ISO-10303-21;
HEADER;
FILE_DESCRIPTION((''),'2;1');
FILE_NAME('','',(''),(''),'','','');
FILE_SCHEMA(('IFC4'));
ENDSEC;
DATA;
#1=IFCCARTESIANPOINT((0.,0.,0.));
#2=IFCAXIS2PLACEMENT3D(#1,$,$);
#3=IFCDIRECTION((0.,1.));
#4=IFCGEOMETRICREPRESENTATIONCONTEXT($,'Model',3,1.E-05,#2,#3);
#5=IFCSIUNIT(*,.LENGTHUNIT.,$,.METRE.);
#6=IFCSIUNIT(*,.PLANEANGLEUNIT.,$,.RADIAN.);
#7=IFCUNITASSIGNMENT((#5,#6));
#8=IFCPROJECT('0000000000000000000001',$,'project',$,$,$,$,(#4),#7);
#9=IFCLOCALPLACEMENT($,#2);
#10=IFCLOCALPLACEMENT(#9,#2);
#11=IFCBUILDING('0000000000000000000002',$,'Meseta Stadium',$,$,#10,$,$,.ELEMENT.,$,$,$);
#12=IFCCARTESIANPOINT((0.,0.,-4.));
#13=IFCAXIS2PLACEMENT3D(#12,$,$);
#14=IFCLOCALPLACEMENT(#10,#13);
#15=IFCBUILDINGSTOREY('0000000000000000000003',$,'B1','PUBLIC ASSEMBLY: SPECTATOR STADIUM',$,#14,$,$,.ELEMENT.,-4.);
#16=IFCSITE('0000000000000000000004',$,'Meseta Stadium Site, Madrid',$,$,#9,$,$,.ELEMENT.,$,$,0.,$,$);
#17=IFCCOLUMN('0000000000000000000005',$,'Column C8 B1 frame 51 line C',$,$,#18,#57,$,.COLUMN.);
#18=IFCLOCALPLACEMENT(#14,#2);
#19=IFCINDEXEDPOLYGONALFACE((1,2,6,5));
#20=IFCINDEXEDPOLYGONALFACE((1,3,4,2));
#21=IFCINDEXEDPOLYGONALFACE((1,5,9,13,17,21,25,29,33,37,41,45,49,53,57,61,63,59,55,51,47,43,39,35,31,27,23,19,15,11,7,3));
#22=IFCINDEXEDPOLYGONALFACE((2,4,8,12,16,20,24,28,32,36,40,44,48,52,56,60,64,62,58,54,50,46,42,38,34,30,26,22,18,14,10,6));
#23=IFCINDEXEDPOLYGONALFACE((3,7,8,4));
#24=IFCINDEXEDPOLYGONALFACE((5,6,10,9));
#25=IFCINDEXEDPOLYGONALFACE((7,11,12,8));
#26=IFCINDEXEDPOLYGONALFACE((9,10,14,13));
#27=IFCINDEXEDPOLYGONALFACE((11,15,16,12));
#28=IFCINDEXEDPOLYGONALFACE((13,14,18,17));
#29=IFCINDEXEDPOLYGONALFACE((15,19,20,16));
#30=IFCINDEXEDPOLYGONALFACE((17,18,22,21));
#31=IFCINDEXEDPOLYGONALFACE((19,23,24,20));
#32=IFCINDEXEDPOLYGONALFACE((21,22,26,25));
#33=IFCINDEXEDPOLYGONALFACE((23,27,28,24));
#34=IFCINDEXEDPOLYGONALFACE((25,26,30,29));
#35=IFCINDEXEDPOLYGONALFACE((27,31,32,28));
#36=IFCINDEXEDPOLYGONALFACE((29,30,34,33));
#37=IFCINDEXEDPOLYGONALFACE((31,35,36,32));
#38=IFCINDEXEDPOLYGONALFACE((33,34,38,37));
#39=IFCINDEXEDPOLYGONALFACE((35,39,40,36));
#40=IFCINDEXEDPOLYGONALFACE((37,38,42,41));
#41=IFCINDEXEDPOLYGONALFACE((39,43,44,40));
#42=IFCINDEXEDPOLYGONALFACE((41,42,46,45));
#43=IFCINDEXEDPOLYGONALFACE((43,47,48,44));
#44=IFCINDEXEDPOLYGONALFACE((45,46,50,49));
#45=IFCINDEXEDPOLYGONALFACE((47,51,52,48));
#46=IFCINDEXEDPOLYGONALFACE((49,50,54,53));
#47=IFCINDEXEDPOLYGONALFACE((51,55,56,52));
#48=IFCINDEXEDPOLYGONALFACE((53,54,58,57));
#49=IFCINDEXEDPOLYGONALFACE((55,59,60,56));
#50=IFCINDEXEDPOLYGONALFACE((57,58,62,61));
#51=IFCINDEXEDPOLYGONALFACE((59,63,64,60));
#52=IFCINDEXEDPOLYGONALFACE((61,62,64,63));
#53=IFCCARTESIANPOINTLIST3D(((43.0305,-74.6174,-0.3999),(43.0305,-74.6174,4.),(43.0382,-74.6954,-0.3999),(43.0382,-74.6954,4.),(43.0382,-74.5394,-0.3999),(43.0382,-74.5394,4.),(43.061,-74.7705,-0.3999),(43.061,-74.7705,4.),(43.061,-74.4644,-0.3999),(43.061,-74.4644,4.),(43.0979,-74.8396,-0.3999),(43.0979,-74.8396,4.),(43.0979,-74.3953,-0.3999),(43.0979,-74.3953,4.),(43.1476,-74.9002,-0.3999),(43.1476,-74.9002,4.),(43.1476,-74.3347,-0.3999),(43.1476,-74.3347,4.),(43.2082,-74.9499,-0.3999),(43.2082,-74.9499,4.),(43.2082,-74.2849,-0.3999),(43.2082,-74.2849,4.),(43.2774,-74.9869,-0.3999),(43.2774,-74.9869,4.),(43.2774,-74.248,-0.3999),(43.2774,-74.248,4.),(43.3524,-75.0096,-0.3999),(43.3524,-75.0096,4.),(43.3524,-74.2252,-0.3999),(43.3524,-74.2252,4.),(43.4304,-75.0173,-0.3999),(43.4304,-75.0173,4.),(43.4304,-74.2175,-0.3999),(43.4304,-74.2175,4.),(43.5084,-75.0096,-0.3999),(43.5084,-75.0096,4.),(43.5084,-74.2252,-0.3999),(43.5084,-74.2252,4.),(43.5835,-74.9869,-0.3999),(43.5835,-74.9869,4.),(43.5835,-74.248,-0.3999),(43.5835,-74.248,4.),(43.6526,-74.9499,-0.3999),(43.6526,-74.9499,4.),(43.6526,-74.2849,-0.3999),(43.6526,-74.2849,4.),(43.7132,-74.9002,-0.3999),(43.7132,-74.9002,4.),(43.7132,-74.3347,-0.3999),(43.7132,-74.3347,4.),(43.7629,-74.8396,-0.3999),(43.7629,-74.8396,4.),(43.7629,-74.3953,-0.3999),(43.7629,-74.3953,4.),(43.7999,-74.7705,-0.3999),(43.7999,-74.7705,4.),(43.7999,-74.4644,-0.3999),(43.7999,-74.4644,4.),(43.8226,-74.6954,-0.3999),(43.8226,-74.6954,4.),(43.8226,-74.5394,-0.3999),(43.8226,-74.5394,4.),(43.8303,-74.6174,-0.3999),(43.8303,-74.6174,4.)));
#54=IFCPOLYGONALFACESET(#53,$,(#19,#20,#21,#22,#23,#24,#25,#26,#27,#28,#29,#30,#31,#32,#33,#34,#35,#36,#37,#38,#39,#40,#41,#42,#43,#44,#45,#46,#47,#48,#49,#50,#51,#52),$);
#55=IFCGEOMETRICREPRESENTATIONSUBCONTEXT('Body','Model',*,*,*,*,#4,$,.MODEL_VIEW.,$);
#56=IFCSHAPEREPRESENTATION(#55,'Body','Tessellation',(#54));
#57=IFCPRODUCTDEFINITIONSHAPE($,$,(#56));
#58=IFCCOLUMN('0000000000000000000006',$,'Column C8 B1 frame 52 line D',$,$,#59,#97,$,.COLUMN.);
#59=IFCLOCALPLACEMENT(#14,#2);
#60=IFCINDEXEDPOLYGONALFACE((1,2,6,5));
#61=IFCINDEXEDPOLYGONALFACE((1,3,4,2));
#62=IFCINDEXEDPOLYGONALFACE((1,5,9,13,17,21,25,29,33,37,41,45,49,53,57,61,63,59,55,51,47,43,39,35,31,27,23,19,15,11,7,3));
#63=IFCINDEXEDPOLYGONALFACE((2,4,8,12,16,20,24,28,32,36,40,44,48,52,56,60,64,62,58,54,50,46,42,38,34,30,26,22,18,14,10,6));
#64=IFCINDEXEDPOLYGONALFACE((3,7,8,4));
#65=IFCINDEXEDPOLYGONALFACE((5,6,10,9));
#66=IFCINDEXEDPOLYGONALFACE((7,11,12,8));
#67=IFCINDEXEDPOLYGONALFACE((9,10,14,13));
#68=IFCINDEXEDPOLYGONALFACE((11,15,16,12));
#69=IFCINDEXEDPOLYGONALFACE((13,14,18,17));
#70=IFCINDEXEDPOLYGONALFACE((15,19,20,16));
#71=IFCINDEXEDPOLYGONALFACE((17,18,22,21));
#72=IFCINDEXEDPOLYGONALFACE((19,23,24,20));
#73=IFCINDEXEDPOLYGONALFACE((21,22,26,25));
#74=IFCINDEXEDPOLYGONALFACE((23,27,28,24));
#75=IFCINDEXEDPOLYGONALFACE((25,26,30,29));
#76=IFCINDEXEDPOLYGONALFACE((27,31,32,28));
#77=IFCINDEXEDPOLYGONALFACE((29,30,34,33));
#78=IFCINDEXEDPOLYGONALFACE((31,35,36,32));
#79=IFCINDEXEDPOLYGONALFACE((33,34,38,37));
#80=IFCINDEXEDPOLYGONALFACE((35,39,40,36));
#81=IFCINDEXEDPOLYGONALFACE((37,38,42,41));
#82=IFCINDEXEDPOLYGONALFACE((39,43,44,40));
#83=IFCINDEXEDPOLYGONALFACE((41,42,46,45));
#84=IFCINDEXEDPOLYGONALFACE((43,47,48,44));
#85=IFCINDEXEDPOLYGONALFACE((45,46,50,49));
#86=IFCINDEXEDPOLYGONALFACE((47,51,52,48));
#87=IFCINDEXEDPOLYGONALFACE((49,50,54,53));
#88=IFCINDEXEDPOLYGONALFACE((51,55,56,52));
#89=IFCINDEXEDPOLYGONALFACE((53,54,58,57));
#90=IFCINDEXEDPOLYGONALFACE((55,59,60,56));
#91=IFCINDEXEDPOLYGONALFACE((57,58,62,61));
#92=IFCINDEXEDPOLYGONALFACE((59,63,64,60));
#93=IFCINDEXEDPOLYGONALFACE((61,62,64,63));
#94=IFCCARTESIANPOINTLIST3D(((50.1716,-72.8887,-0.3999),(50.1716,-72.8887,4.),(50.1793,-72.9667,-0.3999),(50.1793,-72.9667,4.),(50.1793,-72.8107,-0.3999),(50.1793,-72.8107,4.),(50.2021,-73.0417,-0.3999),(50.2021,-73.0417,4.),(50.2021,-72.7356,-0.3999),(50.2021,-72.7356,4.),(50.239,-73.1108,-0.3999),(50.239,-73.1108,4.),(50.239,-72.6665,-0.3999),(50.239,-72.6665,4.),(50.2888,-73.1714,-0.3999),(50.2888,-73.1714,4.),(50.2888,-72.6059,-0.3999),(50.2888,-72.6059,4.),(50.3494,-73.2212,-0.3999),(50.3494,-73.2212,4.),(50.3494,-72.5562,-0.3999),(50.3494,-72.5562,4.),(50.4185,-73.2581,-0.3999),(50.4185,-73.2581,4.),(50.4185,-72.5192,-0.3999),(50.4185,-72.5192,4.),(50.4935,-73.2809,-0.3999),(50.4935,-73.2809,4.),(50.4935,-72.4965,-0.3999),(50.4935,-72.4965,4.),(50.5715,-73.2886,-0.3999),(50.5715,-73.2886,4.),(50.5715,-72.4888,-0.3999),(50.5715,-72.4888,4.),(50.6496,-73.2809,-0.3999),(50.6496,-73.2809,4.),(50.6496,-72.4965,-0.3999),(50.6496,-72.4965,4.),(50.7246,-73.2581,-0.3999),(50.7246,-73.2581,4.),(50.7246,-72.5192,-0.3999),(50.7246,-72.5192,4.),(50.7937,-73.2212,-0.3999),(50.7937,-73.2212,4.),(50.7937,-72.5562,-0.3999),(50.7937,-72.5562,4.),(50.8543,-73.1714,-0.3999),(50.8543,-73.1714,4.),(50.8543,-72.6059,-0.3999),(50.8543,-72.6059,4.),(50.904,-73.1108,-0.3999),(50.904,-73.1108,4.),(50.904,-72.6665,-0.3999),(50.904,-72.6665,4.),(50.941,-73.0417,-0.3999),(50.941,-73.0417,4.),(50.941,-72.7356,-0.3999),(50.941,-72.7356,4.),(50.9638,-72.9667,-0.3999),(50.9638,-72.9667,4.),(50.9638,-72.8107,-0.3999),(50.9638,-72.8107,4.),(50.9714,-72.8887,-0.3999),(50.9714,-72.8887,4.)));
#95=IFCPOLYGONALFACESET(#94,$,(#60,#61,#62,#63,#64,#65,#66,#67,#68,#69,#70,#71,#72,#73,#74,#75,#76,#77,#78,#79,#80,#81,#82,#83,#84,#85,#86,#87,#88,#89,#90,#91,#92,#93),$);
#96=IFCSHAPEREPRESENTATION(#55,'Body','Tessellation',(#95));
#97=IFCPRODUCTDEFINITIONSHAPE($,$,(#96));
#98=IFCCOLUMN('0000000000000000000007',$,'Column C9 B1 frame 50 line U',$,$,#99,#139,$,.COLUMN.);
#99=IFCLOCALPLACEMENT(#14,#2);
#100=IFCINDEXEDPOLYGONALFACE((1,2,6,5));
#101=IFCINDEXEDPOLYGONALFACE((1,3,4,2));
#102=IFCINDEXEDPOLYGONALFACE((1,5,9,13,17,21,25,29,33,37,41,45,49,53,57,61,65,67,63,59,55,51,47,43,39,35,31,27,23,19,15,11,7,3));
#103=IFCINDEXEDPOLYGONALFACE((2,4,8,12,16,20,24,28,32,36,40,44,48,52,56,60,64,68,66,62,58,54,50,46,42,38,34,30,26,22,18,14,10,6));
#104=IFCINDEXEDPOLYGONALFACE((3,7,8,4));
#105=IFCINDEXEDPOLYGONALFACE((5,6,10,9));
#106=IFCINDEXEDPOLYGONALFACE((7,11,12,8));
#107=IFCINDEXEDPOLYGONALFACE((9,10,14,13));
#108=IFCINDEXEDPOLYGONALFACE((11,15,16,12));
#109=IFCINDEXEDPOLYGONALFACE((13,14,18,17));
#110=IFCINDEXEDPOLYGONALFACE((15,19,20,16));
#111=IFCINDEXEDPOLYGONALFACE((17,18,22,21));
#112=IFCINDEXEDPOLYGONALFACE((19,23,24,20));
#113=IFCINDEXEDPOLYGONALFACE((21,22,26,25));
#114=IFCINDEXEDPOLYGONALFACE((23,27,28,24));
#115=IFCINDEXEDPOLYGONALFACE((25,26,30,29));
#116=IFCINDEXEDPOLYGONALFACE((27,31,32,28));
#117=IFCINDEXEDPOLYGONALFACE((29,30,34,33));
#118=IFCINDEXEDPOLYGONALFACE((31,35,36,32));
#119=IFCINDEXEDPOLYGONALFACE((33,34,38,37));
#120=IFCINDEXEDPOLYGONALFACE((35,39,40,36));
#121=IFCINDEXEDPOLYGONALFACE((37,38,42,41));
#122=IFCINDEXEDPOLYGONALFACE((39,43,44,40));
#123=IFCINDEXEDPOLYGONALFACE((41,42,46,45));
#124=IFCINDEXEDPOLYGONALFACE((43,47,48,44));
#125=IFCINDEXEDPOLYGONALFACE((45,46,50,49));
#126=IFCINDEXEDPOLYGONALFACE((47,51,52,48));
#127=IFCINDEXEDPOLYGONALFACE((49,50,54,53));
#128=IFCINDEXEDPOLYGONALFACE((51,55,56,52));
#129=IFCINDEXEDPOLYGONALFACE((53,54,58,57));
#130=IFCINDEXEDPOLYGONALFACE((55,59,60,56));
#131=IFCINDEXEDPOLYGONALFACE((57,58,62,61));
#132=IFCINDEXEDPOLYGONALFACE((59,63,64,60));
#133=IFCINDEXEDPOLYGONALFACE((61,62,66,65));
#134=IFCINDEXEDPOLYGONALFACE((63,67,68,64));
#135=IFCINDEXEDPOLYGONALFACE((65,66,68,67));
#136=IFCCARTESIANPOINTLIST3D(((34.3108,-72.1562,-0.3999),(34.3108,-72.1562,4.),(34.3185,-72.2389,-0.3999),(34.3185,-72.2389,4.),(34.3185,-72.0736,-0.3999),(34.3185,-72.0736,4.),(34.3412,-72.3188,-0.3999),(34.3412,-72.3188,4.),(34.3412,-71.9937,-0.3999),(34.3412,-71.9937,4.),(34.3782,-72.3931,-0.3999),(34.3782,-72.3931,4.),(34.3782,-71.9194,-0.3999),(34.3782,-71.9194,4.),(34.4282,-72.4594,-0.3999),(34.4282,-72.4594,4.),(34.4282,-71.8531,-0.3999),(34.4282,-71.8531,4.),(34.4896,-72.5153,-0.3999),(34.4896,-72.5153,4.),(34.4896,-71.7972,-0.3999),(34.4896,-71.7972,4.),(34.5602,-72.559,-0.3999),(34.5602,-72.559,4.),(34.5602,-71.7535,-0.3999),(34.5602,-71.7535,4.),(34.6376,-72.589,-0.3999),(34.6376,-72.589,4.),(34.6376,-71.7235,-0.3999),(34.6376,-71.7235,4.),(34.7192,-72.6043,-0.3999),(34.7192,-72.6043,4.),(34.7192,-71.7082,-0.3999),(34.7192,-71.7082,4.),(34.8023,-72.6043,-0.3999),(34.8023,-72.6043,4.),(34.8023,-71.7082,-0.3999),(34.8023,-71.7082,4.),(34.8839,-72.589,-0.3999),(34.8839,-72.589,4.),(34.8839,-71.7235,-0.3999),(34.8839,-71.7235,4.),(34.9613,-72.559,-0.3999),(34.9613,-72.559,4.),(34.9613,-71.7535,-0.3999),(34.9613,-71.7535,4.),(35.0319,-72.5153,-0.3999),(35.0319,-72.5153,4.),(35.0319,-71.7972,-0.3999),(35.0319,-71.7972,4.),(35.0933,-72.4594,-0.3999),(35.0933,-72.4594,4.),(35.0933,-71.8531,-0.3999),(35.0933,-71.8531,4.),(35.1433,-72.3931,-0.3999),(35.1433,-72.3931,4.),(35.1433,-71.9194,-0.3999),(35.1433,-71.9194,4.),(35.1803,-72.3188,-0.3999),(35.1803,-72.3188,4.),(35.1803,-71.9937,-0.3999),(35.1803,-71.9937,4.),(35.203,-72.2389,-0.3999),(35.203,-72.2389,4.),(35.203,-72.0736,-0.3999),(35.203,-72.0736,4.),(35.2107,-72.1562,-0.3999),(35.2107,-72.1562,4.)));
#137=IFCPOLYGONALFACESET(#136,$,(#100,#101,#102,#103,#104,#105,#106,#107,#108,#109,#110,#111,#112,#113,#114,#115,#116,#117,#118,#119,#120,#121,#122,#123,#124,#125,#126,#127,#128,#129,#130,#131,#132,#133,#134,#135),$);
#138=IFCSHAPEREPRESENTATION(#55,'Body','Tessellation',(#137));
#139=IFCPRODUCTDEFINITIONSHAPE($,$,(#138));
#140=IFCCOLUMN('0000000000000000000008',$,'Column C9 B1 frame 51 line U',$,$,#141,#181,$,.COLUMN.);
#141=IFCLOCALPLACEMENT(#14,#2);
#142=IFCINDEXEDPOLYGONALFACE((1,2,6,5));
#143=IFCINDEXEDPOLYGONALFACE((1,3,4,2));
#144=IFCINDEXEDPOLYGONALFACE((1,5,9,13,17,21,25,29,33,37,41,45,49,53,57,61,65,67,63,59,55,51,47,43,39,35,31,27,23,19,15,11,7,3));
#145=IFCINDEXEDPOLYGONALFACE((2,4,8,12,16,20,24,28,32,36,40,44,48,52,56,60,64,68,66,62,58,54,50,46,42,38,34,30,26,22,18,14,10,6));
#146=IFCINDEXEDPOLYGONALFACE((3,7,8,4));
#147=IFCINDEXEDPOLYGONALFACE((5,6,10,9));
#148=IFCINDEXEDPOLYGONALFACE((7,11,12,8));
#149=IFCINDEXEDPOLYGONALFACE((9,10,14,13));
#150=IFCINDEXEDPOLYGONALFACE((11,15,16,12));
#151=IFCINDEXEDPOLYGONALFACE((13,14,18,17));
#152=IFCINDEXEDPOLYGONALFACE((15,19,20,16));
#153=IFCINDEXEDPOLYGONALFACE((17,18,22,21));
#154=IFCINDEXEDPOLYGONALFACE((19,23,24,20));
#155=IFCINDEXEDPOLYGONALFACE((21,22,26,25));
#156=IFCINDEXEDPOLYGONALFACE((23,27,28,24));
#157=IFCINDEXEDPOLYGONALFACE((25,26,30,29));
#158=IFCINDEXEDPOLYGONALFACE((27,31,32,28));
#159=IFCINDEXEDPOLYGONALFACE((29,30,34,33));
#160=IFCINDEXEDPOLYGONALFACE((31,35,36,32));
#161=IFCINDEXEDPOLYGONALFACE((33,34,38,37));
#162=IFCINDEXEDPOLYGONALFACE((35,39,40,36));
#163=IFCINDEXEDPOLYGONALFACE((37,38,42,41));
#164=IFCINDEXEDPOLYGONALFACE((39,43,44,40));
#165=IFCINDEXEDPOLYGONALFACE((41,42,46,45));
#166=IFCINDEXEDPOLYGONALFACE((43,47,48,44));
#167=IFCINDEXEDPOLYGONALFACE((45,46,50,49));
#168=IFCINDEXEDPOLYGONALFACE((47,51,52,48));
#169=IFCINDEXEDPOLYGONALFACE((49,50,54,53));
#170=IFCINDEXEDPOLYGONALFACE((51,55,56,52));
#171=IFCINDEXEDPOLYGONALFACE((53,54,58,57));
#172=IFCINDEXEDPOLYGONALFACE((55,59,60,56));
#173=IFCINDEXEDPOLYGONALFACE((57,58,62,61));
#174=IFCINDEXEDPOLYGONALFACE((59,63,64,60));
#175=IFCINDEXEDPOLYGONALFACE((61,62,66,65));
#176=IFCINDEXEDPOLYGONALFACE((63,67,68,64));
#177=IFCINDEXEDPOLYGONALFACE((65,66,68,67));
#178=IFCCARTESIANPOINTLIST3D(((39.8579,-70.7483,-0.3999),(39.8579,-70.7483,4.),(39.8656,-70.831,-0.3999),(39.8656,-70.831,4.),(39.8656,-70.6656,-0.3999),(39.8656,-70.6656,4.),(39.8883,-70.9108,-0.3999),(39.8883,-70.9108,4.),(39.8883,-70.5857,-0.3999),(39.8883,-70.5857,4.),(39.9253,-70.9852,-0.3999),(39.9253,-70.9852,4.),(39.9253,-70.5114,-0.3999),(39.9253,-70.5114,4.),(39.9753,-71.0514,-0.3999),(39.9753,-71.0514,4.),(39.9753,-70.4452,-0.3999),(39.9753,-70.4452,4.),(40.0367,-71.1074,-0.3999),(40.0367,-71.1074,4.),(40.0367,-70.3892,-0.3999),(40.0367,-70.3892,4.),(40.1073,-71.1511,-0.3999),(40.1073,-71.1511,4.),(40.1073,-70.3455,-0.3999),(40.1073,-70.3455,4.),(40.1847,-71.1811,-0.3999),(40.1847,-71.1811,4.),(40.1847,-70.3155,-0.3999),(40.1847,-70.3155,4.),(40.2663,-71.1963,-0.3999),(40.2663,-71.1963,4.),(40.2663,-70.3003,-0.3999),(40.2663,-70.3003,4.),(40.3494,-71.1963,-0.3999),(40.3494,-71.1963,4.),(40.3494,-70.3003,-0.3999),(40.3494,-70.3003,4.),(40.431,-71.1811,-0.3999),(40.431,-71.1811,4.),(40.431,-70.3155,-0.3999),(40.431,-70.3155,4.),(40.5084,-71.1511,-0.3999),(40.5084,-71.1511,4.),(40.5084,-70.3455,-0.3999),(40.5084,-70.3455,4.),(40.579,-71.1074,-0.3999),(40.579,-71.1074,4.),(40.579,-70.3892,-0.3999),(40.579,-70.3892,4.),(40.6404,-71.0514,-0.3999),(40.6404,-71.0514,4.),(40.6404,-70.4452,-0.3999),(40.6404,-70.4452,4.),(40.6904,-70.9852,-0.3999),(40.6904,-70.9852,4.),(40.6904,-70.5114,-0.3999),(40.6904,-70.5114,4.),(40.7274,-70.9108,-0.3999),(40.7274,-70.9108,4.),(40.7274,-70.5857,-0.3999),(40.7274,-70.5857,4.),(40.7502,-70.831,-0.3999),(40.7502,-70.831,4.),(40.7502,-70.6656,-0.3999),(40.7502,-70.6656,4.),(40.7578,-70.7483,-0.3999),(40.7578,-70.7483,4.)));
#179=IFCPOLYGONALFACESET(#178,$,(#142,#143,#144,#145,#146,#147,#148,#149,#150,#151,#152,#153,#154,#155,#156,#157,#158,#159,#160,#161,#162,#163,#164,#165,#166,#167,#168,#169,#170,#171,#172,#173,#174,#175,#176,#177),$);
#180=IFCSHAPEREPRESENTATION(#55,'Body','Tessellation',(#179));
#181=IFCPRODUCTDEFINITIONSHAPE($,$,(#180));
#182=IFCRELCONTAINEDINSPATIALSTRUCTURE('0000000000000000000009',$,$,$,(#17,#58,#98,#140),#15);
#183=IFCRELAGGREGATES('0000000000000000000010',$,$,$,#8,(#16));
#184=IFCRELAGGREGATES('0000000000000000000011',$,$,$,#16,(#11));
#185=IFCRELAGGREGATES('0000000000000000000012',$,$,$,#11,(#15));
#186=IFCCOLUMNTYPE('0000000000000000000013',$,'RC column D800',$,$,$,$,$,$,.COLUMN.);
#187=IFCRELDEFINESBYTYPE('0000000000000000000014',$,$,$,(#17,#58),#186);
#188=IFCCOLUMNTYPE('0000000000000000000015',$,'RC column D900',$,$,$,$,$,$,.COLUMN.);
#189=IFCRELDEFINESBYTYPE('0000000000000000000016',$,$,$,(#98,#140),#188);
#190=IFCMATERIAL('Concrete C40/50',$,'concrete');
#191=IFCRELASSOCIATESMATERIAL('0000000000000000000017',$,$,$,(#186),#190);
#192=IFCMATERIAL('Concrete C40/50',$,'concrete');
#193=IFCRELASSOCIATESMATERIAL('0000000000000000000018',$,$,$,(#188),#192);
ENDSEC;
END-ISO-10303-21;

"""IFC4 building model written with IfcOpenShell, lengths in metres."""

from ifc_helpers import new_model, si_unit, direction, frame, origin, origin_2d, place, context, subcontext, project, spatial, circle, extrude, material, material_profile, profile_set, type_object, element, save


model = new_model("IFC4")

# Units and contexts
model_context = context("Model", 3, precision=1e-05, world=origin(), true_north=direction((0.0, 1.0)))
body_context = subcontext(model_context, "Body", "Model", "MODEL_VIEW")
ifc_project = project(units=[si_unit("LENGTHUNIT", "METRE"), si_unit("PLANEANGLEUNIT", "RADIAN")], contexts=[model_context])

# Site, building, storey
site_placement = place(None, origin())
site = spatial("IfcSite", under=ifc_project, at=site_placement, Name="Meseta Stadium Site, Madrid", CompositionType="ELEMENT", RefElevation=0.0)
building_placement = place(site_placement, origin())
building = spatial("IfcBuilding", under=site, at=building_placement, Name="Meseta Stadium", CompositionType="ELEMENT")
storey_placement = place(building_placement, frame((0.0, 0.0, -4.0)))
storey = spatial("IfcBuildingStorey", under=building, at=storey_placement, Name="B1", Description="PUBLIC ASSEMBLY: SPECTATOR STADIUM", CompositionType="ELEMENT", Elevation=-4.0)

# Columns
ifc_material_1 = material(Name="Concrete C40/50", Category="concrete")
ifc_material_profile_1 = material_profile(ifc_material_1, circle(Radius=0.3999, at=origin_2d()), Name="RC D800")
ifc_profile_set_1 = profile_set([ifc_material_profile_1], Name="Concrete C40/50")
column_type_1 = type_object("IfcColumnType", Name="RC column D800", PredefinedType="COLUMN", material=ifc_profile_set_1)
for number, where, z_axis, x_axis, name in (
    (1, (43.4304, -74.6174, -0.3999), (0.0, 0.0, 1.0), (1.0, 0.0, 0.0), "Column C8 B1 frame 51 line C"),
    (2, (50.5715, -72.8887, -0.3999), (0.0, 0.0, 1.0), (1.0, 0.0, 0.0), "Column C8 B1 frame 52 line D"),
):
    element("IfcColumn", number, at=place(storey_placement, frame(where, z_axis=z_axis, x_axis=x_axis)), inside=storey, type_object=column_type_1, Name=name, PredefinedType="COLUMN", context=body_context, shape_type="SweptSolid", body=[
        extrude(circle(Radius=0.3999, at=origin_2d()), origin(), (0.0, 0.0, 1.0), 4.3999),
    ])
ifc_material_2 = material(Name="Concrete C40/50", Category="concrete")
ifc_material_profile_2 = material_profile(ifc_material_2, circle(Radius=0.45, at=origin_2d()), Name="RC D900")
ifc_profile_set_2 = profile_set([ifc_material_profile_2], Name="Concrete C40/50")
column_type_2 = type_object("IfcColumnType", Name="RC column D900", PredefinedType="COLUMN", material=ifc_profile_set_2)
for number, where, z_axis, x_axis, name in (
    (3, (34.7607, -72.1562, -0.3999), (0.0, 0.0, 1.0), (1.0, 0.0, 0.0), "Column C9 B1 frame 50 line U"),
    (4, (40.3079, -70.7483, -0.3999), (0.0, 0.0, 1.0), (1.0, 0.0, 0.0), "Column C9 B1 frame 51 line U"),
):
    element("IfcColumn", number, at=place(storey_placement, frame(where, z_axis=z_axis, x_axis=x_axis)), inside=storey, type_object=column_type_2, Name=name, PredefinedType="COLUMN", context=body_context, shape_type="SweptSolid", body=[
        extrude(circle(Radius=0.45, at=origin_2d()), origin(), (0.0, 0.0, 1.0), 4.3999),
    ])

save(model, "model.ifc")
